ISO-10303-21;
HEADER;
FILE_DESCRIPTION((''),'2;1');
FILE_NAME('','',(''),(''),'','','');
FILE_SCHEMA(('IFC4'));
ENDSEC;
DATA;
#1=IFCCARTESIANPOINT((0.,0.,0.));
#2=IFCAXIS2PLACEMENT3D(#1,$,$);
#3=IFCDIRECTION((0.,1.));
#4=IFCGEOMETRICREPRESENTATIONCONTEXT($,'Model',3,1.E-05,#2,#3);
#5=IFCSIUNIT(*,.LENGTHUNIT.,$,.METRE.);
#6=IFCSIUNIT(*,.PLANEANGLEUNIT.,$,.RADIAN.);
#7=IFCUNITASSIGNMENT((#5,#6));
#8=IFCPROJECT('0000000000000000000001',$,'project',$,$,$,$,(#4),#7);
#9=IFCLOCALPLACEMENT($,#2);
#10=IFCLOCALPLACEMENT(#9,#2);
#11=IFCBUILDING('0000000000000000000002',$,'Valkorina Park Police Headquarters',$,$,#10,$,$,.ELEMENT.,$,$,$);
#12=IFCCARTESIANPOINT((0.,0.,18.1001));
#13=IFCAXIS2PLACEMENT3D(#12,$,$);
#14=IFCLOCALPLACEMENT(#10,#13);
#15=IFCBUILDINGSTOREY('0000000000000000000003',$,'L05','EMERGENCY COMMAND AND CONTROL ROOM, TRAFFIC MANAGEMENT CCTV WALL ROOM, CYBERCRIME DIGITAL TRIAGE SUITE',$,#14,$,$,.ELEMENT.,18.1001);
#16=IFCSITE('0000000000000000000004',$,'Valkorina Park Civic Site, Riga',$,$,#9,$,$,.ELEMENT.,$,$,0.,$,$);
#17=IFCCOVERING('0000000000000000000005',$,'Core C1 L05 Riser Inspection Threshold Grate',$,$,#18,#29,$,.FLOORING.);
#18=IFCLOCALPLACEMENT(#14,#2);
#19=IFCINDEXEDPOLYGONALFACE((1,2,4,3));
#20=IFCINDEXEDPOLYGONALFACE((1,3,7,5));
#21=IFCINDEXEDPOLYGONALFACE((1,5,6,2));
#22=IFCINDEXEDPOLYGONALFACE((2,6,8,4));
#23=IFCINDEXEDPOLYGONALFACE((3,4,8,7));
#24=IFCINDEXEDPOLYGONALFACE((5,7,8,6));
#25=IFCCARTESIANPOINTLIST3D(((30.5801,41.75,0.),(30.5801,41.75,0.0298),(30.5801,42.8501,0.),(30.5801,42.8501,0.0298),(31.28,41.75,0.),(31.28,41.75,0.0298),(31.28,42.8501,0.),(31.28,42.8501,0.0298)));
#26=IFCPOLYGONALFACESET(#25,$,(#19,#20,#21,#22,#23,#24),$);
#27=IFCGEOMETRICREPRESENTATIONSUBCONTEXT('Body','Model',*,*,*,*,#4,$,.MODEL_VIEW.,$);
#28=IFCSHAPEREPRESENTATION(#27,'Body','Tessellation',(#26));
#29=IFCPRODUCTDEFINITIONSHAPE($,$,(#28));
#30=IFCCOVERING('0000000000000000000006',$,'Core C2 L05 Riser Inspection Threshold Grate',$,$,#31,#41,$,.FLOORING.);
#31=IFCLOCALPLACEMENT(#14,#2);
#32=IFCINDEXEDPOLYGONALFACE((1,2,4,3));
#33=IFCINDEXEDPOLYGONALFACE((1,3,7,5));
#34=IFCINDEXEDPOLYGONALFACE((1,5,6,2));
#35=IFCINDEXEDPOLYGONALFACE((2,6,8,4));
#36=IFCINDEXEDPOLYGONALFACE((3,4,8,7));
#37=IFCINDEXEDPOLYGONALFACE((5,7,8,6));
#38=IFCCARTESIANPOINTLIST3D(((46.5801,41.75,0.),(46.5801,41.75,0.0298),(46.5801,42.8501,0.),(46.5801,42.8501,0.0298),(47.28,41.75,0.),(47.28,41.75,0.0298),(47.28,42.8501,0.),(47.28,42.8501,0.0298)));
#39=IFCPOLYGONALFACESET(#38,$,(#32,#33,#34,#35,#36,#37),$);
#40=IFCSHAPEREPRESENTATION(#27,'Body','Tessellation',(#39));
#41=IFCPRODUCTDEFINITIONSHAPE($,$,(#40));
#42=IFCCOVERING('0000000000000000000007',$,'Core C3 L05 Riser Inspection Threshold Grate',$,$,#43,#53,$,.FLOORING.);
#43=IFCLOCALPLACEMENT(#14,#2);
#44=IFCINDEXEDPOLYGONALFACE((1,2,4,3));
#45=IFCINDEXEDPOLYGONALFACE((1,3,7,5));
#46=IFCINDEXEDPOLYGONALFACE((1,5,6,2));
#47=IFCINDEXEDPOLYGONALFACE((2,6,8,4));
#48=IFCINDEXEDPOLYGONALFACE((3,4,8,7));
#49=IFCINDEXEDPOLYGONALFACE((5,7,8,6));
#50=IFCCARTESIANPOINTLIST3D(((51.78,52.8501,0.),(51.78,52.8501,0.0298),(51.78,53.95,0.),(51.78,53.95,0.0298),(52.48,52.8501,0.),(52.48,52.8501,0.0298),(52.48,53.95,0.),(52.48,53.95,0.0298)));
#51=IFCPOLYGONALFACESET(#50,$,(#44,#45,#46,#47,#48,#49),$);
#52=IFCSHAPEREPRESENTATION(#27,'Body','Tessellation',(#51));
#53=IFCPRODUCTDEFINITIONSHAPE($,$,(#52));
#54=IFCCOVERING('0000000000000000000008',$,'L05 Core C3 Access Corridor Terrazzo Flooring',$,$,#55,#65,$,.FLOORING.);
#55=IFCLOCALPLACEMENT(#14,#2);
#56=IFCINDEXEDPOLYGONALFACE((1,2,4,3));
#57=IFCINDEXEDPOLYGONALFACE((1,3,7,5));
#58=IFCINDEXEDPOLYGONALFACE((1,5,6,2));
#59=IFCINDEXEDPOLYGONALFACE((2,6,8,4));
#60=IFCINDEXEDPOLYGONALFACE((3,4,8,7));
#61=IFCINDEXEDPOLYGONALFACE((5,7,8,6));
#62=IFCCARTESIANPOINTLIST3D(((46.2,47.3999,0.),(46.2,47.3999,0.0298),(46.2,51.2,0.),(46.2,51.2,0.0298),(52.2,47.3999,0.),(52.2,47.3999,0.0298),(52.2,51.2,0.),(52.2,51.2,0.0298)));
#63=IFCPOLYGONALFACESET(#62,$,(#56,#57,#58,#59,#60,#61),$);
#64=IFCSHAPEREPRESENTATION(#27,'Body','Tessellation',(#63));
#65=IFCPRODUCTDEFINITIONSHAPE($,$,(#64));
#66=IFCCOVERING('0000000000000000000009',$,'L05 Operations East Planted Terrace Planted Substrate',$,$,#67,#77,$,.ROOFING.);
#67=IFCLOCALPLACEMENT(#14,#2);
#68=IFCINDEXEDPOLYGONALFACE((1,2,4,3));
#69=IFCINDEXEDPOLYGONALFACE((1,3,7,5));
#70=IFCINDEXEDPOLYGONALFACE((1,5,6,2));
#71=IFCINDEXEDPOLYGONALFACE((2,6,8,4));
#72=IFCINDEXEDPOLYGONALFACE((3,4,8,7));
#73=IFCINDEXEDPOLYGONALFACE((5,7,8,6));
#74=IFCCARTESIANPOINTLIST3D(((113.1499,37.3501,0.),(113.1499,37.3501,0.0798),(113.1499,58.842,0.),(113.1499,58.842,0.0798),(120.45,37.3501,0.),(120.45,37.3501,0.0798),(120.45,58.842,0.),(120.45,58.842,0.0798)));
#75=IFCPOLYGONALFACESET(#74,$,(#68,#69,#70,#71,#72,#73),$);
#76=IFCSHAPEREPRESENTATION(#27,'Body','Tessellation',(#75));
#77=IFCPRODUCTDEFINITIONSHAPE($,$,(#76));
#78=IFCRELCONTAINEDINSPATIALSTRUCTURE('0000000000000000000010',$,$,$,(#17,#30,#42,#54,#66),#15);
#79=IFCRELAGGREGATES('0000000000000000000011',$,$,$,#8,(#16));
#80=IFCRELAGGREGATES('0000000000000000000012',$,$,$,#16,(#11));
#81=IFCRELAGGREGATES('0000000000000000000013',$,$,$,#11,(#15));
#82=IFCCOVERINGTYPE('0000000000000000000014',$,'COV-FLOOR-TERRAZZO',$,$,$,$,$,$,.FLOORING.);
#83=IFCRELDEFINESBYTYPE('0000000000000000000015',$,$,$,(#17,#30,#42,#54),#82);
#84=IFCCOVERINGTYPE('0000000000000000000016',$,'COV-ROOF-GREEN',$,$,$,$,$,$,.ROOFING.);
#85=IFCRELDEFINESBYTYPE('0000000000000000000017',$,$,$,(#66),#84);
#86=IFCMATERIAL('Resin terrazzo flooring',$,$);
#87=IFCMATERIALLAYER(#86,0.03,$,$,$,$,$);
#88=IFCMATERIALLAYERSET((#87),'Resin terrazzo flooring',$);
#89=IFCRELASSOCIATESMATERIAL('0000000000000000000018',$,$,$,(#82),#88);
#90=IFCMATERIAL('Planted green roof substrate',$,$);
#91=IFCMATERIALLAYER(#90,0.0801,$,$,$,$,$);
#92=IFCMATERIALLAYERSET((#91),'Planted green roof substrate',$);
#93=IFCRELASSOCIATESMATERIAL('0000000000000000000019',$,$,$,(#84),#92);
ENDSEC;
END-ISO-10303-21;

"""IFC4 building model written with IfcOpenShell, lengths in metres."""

from ifc_helpers import new_model, si_unit, direction, frame, origin, place, context, subcontext, project, spatial, polyline, outline, extrude, material, layer, layer_set, type_object, element, save


model = new_model("IFC4")

# Units and contexts
model_context = context("Model", 3, precision=1e-05, world=origin(), true_north=direction((0.0, 1.0)))
body_context = subcontext(model_context, "Body", "Model", "MODEL_VIEW")
ifc_project = project(units=[si_unit("LENGTHUNIT", "METRE"), si_unit("PLANEANGLEUNIT", "RADIAN")], contexts=[model_context])

# Site, building, storey
site_placement = place(None, origin())
site = spatial("IfcSite", under=ifc_project, at=site_placement, Name="Valkorina Park Civic Site, Riga", CompositionType="ELEMENT", RefElevation=0.0)
building_placement = place(site_placement, origin())
building = spatial("IfcBuilding", under=site, at=building_placement, Name="Valkorina Park Police Headquarters", CompositionType="ELEMENT")
storey_placement = place(building_placement, frame((0.0, 0.0, 18.1001)))
storey = spatial("IfcBuildingStorey", under=building, at=storey_placement, Name="L05", Description="EMERGENCY COMMAND AND CONTROL ROOM, TRAFFIC MANAGEMENT CCTV WALL ROOM, CYBERCRIME DIGITAL TRIAGE SUITE", CompositionType="ELEMENT", Elevation=18.1001)

# Coverings
ifc_material_1 = material(Name="Resin terrazzo flooring")
ifc_layer_1 = layer(ifc_material_1, 0.03)
ifc_layer_set_1 = layer_set([ifc_layer_1], Name="Resin terrazzo flooring")
covering_type_1 = type_object("IfcCoveringType", Name="COV-FLOOR-TERRAZZO", PredefinedType="FLOORING", material=ifc_layer_set_1)
covering_1_placement = place(storey_placement, origin())
element("IfcCovering", 1, at=covering_1_placement, inside=storey, type_object=covering_type_1, Name="Core C1 L05 Riser Inspection Threshold Grate", PredefinedType="FLOORING", context=body_context, shape_type="SweptSolid", body=[
    extrude(outline(polyline([(31.28, 41.75), (31.28, 42.8501), (30.5801, 42.8501), (30.5801, 41.75), (31.28, 41.75)])), origin(), (0.0, 0.0, 1.0), 0.0298),
])
covering_2_placement = place(storey_placement, origin())
element("IfcCovering", 2, at=covering_2_placement, inside=storey, type_object=covering_type_1, Name="Core C2 L05 Riser Inspection Threshold Grate", PredefinedType="FLOORING", context=body_context, shape_type="SweptSolid", body=[
    extrude(outline(polyline([(47.28, 41.75), (47.28, 42.8501), (46.5801, 42.8501), (46.5801, 41.75), (47.28, 41.75)])), origin(), (0.0, 0.0, 1.0), 0.0298),
])
covering_3_placement = place(storey_placement, origin())
element("IfcCovering", 3, at=covering_3_placement, inside=storey, type_object=covering_type_1, Name="Core C3 L05 Riser Inspection Threshold Grate", PredefinedType="FLOORING", context=body_context, shape_type="SweptSolid", body=[
    extrude(outline(polyline([(52.48, 52.8501), (52.48, 53.95), (51.78, 53.95), (51.78, 52.8501), (52.48, 52.8501)])), origin(), (0.0, 0.0, 1.0), 0.0298),
])
covering_4_placement = place(storey_placement, origin())
element("IfcCovering", 4, at=covering_4_placement, inside=storey, type_object=covering_type_1, Name="L05 Core C3 Access Corridor Terrazzo Flooring", PredefinedType="FLOORING", context=body_context, shape_type="SweptSolid", body=[
    extrude(outline(polyline([(46.2, 51.2), (46.2, 47.3999), (52.2, 47.3999), (52.2, 51.2), (46.2, 51.2)])), origin(), (0.0, 0.0, 1.0), 0.0298),
])
ifc_material_2 = material(Name="Planted green roof substrate")
ifc_layer_2 = layer(ifc_material_2, 0.0801)
ifc_layer_set_2 = layer_set([ifc_layer_2], Name="Planted green roof substrate")
covering_type_2 = type_object("IfcCoveringType", Name="COV-ROOF-GREEN", PredefinedType="ROOFING", material=ifc_layer_set_2)
covering_5_placement = place(storey_placement, origin())
element("IfcCovering", 5, at=covering_5_placement, inside=storey, type_object=covering_type_2, Name="L05 Operations East Planted Terrace Planted Substrate", PredefinedType="ROOFING", context=body_context, shape_type="SweptSolid", body=[
    extrude(outline(polyline([(120.45, 58.842), (113.1499, 58.842), (113.1499, 37.3501), (120.45, 37.3501), (120.45, 58.842)])), origin(), (0.0, 0.0, 1.0), 0.0798),
])

save(model, "model.ifc")
